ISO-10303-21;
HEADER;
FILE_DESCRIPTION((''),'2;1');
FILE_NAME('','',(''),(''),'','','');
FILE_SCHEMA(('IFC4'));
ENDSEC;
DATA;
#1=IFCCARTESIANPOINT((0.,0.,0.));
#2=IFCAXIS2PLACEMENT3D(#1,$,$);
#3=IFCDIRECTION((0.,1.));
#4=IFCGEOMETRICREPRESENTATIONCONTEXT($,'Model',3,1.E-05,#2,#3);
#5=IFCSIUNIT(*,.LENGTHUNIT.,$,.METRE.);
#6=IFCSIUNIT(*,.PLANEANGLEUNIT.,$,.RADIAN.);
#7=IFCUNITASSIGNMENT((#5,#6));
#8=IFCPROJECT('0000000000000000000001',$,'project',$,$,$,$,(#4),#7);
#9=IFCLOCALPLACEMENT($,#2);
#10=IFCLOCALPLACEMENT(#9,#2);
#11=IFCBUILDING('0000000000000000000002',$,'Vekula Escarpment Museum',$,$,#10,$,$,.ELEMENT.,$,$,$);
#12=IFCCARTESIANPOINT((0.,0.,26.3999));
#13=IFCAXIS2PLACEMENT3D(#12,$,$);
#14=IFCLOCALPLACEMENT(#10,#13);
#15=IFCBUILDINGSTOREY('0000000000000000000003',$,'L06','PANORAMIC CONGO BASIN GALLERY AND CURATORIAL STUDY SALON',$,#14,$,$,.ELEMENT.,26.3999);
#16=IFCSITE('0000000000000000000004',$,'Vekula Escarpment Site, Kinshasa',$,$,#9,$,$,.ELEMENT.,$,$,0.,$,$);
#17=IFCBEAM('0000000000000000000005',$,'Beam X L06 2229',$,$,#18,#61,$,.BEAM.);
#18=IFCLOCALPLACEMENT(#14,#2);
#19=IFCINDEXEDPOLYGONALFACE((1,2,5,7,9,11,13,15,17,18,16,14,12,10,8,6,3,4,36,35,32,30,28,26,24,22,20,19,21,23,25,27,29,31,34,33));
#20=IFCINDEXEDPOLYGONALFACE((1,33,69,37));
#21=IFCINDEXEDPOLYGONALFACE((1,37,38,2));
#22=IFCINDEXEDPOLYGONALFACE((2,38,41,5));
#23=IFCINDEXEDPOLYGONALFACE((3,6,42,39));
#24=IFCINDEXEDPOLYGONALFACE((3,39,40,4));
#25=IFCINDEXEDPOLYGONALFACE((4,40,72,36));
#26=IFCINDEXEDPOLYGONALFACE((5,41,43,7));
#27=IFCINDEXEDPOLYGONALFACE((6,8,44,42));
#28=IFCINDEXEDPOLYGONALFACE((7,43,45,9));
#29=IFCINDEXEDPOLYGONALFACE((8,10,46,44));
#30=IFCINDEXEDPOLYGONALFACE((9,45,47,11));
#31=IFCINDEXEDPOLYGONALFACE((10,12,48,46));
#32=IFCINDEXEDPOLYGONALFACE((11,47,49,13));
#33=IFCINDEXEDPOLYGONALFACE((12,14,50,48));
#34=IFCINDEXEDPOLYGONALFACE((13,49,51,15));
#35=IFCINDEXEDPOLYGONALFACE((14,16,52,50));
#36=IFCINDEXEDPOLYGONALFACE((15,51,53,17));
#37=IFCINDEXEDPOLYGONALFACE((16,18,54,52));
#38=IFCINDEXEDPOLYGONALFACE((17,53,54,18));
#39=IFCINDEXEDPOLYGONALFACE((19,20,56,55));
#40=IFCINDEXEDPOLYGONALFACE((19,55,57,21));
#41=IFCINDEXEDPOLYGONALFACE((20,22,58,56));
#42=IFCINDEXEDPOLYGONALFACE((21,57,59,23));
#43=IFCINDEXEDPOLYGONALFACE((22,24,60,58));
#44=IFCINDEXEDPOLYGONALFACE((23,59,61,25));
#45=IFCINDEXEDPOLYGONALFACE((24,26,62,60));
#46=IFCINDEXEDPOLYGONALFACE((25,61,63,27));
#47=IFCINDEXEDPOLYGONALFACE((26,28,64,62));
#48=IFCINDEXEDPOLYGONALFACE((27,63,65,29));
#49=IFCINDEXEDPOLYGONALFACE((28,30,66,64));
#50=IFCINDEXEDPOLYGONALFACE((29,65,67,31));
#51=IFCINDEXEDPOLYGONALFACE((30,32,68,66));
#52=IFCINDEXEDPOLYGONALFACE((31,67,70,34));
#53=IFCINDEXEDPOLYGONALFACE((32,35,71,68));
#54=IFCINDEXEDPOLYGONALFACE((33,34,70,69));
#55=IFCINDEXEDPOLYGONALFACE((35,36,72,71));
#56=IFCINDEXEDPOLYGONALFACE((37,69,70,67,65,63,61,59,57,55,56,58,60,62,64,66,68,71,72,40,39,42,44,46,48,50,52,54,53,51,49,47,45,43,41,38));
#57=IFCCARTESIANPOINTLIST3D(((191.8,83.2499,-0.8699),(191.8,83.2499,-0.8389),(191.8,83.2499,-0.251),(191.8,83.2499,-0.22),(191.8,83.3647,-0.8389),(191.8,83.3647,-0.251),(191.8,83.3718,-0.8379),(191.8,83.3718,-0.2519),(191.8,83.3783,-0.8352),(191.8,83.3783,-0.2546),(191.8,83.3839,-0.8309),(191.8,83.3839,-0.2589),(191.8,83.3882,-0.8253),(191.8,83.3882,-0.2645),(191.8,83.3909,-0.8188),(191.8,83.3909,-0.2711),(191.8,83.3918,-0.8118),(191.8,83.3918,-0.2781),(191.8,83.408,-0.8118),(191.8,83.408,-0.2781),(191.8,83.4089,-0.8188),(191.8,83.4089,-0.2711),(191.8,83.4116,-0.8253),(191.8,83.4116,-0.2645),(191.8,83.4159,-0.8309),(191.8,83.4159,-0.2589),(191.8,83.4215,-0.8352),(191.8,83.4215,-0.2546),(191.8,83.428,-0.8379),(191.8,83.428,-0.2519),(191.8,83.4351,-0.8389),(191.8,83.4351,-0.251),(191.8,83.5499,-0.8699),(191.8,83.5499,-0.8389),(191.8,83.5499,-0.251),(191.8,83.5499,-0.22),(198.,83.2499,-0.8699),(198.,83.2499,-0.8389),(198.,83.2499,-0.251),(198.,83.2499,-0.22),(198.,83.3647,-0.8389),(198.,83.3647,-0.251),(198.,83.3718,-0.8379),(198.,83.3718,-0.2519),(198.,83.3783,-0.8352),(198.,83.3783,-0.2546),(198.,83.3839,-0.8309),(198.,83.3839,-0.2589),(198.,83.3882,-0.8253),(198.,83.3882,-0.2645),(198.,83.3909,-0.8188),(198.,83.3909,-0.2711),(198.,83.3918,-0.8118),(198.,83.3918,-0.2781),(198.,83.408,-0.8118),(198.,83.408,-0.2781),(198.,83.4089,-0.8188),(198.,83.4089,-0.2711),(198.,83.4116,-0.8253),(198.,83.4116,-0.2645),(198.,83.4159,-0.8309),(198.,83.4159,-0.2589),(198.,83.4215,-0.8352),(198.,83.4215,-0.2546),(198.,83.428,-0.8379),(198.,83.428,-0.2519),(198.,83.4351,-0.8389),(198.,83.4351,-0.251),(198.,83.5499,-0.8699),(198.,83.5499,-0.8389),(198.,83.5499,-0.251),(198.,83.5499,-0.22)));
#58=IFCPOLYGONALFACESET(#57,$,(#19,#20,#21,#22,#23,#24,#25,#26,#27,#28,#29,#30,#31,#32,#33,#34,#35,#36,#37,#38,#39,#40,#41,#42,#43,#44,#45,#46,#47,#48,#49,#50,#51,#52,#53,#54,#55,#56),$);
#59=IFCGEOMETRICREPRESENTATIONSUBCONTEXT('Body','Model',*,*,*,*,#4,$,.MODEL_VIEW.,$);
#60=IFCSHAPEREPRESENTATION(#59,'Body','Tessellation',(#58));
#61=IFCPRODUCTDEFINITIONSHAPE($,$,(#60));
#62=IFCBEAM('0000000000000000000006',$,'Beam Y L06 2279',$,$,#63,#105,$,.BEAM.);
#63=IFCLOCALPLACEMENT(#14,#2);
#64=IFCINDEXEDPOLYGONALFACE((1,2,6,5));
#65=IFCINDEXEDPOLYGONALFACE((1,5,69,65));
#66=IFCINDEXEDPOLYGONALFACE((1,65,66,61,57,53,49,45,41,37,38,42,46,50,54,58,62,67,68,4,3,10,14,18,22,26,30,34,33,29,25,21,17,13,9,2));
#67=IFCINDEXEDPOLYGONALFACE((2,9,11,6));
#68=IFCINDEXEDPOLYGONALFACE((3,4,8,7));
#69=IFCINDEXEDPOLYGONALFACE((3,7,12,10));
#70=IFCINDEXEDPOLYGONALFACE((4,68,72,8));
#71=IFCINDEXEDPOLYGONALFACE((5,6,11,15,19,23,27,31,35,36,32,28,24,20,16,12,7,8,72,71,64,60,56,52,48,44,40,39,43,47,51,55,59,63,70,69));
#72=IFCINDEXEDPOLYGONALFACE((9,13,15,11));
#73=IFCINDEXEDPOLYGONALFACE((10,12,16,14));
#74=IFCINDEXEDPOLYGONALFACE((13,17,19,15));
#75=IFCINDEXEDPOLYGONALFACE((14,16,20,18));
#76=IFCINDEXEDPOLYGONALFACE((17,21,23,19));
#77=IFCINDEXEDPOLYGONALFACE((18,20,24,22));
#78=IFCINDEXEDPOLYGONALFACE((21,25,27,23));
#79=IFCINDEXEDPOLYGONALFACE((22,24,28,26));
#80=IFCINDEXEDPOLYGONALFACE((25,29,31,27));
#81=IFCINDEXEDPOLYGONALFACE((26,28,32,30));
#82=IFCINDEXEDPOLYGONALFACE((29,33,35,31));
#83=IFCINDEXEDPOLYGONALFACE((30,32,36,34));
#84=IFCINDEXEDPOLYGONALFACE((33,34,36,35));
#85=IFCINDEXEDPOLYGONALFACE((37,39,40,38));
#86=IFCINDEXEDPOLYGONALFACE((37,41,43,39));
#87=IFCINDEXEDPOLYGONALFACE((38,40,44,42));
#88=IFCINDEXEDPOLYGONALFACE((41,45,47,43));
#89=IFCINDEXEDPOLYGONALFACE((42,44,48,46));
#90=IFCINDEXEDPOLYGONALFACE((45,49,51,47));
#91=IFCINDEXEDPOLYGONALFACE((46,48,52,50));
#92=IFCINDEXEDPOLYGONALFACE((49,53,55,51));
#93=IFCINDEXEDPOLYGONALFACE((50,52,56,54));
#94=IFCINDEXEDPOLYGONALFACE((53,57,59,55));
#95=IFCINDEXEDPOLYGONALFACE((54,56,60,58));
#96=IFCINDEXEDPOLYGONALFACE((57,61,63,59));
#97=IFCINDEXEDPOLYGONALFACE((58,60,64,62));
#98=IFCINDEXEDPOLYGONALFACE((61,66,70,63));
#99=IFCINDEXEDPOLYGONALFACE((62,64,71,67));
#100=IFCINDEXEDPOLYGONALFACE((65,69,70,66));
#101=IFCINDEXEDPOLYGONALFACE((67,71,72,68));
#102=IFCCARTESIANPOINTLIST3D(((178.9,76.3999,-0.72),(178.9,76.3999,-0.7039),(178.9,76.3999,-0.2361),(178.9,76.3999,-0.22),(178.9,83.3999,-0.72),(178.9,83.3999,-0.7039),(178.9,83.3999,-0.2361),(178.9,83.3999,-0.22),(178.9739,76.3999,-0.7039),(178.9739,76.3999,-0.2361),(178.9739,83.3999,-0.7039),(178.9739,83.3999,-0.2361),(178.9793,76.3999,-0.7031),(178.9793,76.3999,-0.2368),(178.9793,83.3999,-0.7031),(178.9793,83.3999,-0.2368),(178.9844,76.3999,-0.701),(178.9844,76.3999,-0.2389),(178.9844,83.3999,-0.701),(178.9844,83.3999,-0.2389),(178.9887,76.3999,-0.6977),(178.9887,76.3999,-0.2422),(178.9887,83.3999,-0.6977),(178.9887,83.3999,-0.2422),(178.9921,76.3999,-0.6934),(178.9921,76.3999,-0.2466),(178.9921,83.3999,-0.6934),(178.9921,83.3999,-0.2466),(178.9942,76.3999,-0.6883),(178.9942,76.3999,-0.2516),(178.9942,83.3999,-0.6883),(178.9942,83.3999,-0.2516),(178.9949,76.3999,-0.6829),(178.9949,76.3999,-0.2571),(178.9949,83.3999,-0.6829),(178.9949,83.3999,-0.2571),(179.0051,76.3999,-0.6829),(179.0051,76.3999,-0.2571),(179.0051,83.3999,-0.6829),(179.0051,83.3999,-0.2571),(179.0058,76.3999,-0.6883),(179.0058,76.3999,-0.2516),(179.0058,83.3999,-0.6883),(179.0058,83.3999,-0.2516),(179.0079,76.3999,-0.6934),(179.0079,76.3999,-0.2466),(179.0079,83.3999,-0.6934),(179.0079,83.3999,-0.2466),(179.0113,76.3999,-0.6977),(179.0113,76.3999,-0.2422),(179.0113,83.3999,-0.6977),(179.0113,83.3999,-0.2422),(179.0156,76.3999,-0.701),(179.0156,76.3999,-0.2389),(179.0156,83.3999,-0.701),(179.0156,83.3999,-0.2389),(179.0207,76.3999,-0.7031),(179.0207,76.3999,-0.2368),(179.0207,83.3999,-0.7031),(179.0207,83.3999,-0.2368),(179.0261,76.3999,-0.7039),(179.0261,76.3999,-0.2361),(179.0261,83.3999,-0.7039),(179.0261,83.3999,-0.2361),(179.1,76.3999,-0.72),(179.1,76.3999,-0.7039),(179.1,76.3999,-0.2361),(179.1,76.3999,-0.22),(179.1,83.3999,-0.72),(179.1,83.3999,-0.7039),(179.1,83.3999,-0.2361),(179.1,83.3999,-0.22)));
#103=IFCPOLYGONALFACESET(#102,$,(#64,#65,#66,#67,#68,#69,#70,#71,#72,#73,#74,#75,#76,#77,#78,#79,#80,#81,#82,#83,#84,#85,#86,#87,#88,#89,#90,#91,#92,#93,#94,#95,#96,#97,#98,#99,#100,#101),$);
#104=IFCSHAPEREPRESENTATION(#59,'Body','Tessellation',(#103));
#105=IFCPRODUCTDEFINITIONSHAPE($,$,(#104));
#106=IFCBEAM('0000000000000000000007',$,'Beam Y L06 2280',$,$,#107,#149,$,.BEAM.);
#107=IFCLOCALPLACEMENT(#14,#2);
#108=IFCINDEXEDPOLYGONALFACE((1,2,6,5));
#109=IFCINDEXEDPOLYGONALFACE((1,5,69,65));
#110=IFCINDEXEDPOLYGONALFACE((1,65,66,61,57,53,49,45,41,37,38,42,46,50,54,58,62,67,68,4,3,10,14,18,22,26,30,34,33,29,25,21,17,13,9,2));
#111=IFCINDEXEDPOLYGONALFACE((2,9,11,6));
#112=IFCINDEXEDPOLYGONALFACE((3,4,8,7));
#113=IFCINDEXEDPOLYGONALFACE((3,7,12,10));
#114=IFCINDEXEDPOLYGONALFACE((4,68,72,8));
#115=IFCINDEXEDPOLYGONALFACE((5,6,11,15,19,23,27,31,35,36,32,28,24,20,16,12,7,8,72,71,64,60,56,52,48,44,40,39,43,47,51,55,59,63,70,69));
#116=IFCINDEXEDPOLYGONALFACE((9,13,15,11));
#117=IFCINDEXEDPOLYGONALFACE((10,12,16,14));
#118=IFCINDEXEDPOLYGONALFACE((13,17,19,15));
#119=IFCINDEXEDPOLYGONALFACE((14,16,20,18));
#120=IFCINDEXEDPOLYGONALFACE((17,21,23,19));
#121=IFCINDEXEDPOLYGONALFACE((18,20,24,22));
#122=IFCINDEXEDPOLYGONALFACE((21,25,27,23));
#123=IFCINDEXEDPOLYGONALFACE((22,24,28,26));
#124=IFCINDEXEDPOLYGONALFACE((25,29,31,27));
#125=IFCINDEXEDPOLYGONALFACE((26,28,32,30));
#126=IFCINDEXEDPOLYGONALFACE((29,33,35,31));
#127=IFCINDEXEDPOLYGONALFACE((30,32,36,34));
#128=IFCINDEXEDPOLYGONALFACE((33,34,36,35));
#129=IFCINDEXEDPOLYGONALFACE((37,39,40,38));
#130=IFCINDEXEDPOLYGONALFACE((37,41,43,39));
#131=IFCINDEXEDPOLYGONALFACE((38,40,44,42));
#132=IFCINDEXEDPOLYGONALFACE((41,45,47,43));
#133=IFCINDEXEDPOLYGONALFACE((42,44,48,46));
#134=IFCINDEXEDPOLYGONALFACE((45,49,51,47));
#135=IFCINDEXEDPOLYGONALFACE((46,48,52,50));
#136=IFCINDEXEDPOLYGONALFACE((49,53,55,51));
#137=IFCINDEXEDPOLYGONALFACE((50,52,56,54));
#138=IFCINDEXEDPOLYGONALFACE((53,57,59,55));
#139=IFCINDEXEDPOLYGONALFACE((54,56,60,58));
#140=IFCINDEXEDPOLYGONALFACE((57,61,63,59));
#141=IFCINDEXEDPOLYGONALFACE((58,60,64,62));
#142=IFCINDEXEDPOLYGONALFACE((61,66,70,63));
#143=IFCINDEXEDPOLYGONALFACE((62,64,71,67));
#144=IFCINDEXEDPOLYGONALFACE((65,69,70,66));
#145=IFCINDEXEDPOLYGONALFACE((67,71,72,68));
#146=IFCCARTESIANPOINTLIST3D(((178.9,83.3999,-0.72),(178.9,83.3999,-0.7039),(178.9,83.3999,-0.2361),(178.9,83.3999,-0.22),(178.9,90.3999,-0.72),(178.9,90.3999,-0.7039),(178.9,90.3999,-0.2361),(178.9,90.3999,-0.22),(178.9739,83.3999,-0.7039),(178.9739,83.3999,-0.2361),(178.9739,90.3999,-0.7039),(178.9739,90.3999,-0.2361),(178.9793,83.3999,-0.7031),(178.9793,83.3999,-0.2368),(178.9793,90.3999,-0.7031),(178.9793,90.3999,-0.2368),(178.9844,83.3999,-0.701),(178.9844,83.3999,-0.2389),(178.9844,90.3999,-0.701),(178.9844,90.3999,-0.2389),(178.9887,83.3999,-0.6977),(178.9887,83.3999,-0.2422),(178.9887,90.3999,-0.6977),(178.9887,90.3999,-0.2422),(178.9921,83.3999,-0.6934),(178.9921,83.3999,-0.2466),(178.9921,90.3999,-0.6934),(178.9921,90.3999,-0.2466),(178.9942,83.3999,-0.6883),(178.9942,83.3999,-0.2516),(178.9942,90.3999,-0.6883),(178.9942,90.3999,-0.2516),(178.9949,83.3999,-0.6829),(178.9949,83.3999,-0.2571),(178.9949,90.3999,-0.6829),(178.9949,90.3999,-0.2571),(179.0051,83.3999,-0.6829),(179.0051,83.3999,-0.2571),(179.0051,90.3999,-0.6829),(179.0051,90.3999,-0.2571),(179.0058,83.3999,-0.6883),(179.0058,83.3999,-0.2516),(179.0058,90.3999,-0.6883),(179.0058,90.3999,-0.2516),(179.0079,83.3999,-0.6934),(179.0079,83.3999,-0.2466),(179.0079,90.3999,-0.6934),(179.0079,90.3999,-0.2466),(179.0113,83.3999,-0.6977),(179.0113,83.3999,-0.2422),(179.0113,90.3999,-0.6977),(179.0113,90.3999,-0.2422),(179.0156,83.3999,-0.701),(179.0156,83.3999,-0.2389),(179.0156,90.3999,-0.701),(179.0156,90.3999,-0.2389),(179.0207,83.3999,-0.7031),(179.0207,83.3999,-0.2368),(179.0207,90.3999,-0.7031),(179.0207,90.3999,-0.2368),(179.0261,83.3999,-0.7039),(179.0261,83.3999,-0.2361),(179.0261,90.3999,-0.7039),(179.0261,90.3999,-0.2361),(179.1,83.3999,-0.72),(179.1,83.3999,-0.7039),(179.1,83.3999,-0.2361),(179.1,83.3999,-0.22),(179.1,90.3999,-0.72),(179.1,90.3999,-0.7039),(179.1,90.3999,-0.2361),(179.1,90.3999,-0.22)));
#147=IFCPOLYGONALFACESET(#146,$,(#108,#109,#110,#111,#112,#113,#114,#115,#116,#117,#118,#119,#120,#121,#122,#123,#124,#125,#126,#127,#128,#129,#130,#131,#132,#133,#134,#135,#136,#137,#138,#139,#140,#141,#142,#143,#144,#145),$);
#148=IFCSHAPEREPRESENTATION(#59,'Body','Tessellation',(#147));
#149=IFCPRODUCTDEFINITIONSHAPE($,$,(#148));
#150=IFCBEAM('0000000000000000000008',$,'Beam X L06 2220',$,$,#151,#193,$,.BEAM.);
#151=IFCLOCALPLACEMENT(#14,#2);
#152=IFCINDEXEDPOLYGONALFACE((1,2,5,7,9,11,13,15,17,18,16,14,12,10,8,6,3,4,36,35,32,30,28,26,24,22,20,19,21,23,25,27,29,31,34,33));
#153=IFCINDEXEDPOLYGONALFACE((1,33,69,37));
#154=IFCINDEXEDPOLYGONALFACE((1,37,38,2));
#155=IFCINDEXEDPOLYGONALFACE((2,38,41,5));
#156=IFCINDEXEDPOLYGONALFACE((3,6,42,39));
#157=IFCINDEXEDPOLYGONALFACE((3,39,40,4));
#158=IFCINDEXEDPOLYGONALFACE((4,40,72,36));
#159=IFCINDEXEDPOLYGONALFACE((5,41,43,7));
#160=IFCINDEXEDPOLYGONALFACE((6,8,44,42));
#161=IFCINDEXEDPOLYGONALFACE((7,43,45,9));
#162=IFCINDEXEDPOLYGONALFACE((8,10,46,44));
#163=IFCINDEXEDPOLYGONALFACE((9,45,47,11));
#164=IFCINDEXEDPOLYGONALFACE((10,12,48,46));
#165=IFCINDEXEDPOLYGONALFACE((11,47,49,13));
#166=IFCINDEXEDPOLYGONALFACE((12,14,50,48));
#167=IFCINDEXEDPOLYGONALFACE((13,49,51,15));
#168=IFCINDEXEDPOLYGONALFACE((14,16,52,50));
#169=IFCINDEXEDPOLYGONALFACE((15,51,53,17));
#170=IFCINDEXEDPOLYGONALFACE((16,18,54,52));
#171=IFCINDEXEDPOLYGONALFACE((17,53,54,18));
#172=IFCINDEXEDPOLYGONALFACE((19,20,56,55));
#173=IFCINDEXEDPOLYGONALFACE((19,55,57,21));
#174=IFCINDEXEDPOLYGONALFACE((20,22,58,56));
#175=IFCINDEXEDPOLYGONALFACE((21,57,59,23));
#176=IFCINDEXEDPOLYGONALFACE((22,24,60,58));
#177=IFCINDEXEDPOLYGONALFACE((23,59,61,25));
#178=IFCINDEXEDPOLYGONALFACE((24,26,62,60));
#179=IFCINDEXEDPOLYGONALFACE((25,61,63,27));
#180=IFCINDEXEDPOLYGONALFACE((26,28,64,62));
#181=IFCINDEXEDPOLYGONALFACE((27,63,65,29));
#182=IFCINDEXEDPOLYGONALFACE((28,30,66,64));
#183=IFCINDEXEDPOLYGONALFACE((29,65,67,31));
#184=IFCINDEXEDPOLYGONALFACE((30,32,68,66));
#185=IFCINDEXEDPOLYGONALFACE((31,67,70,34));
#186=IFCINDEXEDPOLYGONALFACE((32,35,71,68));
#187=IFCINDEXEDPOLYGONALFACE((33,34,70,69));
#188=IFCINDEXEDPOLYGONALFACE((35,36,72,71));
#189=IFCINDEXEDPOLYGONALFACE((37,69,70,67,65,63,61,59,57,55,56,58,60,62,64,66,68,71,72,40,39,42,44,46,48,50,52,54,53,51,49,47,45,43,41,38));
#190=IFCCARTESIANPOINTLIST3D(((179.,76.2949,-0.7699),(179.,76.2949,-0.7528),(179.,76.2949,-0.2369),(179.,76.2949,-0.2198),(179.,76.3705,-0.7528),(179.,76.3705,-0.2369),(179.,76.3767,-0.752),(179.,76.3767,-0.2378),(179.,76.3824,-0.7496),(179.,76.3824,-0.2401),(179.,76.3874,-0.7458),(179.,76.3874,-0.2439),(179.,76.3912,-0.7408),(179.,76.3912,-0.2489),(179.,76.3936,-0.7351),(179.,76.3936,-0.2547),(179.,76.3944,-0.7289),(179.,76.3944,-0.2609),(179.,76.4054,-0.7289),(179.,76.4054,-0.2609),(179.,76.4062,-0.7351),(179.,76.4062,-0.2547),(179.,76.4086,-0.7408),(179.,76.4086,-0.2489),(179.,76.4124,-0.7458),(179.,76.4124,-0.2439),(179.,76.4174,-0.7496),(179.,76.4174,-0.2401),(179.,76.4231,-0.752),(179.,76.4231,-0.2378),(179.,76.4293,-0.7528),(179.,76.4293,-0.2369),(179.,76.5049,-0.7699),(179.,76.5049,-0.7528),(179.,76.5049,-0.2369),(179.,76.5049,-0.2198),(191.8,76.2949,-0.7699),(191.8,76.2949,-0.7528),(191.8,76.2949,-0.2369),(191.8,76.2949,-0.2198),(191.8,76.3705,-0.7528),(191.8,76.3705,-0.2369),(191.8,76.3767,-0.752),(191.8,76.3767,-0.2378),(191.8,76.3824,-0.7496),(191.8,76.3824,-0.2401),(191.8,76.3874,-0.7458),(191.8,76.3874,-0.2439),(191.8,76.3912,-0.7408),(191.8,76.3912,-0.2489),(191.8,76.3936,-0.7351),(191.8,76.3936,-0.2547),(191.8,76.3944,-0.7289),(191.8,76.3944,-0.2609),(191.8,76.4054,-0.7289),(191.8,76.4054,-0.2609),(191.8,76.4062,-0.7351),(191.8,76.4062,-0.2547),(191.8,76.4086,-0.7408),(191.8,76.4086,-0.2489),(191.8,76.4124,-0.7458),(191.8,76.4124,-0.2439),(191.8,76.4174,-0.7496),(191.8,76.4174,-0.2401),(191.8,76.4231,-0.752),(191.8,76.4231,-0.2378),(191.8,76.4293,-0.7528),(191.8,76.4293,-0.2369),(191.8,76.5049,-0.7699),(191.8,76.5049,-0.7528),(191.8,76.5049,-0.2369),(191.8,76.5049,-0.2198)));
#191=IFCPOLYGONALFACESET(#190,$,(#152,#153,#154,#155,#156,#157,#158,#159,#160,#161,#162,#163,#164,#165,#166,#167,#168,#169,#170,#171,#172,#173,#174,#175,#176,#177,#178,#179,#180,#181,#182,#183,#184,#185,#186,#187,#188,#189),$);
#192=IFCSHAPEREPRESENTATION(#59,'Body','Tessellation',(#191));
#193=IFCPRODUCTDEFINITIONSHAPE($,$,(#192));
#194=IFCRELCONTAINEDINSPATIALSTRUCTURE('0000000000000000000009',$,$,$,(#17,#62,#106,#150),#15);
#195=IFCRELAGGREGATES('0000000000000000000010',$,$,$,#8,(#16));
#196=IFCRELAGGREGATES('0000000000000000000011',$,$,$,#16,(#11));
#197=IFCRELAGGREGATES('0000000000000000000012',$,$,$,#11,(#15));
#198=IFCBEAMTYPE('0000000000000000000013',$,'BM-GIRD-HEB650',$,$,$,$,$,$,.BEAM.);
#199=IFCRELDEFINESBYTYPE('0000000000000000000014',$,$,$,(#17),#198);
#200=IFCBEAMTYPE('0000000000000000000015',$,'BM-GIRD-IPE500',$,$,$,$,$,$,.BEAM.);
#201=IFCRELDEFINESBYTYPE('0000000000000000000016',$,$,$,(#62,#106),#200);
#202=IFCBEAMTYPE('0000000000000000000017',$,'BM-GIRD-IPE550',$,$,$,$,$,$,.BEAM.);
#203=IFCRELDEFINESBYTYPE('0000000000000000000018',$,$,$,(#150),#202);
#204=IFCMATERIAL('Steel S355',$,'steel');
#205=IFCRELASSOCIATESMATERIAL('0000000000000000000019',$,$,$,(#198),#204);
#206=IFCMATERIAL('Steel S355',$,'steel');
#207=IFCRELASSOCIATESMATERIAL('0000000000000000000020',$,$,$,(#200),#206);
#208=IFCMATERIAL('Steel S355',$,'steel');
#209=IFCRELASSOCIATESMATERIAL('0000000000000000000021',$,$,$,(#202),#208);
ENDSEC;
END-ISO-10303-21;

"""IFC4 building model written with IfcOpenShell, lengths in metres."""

from ifc_helpers import new_model, si_unit, direction, frame, origin, origin_2d, place, context, subcontext, project, spatial, i_section, extrude, material, material_profile, profile_set, type_object, element, save


model = new_model("IFC4")

# Units and contexts
model_context = context("Model", 3, precision=1e-05, world=origin(), true_north=direction((0.0, 1.0)))
body_context = subcontext(model_context, "Body", "Model", "MODEL_VIEW")
ifc_project = project(units=[si_unit("LENGTHUNIT", "METRE"), si_unit("PLANEANGLEUNIT", "RADIAN")], contexts=[model_context])

# Site, building, storey
site_placement = place(None, origin())
site = spatial("IfcSite", under=ifc_project, at=site_placement, Name="Vekula Escarpment Site, Kinshasa", CompositionType="ELEMENT", RefElevation=0.0)
building_placement = place(site_placement, origin())
building = spatial("IfcBuilding", under=site, at=building_placement, Name="Vekula Escarpment Museum", CompositionType="ELEMENT")
storey_placement = place(building_placement, frame((0.0, 0.0, 26.3999)))
storey = spatial("IfcBuildingStorey", under=building, at=storey_placement, Name="L06", Description="PANORAMIC CONGO BASIN GALLERY AND CURATORIAL STUDY SALON", CompositionType="ELEMENT", Elevation=26.3999)

# Beams
ifc_material_1 = material(Name="Steel S355", Category="steel")
ifc_material_profile_1 = material_profile(ifc_material_1, i_section(OverallWidth=0.3, OverallDepth=0.6499, WebThickness=0.0161, FlangeThickness=0.031, FilletRadius=0.0271, at=origin_2d()), Name="HEB 650")
ifc_profile_set_1 = profile_set([ifc_material_profile_1], Name="Steel S355")
beam_type_1 = type_object("IfcBeamType", Name="BM-GIRD-HEB650", PredefinedType="BEAM", material=ifc_profile_set_1)
for number, where, z_axis, x_axis, name in (
    (1, (191.8, 83.3999, -0.5449), (1.0, 0.0, 0.0), (0.0, 1.0, 0.0), "Beam X L06 2229"),
):
    element("IfcBeam", number, at=place(storey_placement, frame(where, z_axis=z_axis, x_axis=x_axis)), inside=storey, type_object=beam_type_1, Name=name, PredefinedType="BEAM", context=body_context, shape_type="SweptSolid", body=[
        extrude(i_section(OverallWidth=0.3, OverallDepth=0.6499, WebThickness=0.0161, FlangeThickness=0.031, FilletRadius=0.0271, at=origin_2d()), origin(), (0.0, 0.0, 1.0), 6.2),
    ])
ifc_material_2 = material(Name="Steel S355", Category="steel")
ifc_material_profile_2 = material_profile(ifc_material_2, i_section(OverallWidth=0.2, OverallDepth=0.5, WebThickness=0.0103, FlangeThickness=0.0161, FilletRadius=0.021, at=origin_2d()), Name="IPE 500")
ifc_profile_set_2 = profile_set([ifc_material_profile_2], Name="Steel S355")
beam_type_2 = type_object("IfcBeamType", Name="BM-GIRD-IPE500", PredefinedType="BEAM", material=ifc_profile_set_2)
for number, where, z_axis, x_axis, name in (
    (2, (179.0, 76.3999, -0.47), (0.0, 1.0, 0.0), (-1.0, 0.0, 0.0), "Beam Y L06 2279"),
    (3, (179.0, 83.3999, -0.47), (0.0, 1.0, 0.0), (-1.0, 0.0, 0.0), "Beam Y L06 2280"),
):
    element("IfcBeam", number, at=place(storey_placement, frame(where, z_axis=z_axis, x_axis=x_axis)), inside=storey, type_object=beam_type_2, Name=name, PredefinedType="BEAM", context=body_context, shape_type="SweptSolid", body=[
        extrude(i_section(OverallWidth=0.2, OverallDepth=0.5, WebThickness=0.0103, FlangeThickness=0.0161, FilletRadius=0.021, at=origin_2d()), origin(), (0.0, 0.0, 1.0), 7.0),
    ])
ifc_material_3 = material(Name="Steel S355", Category="steel")
ifc_material_profile_3 = material_profile(ifc_material_3, i_section(OverallWidth=0.21, OverallDepth=0.55, WebThickness=0.011, FlangeThickness=0.0171, FilletRadius=0.0239, at=origin_2d()), Name="IPE 550")
ifc_profile_set_3 = profile_set([ifc_material_profile_3], Name="Steel S355")
beam_type_3 = type_object("IfcBeamType", Name="BM-GIRD-IPE550", PredefinedType="BEAM", material=ifc_profile_set_3)
for number, where, z_axis, x_axis, name in (
    (4, (179.0, 76.3999, -0.4949), (1.0, 0.0, 0.0), (0.0, 1.0, 0.0), "Beam X L06 2220"),
):
    element("IfcBeam", number, at=place(storey_placement, frame(where, z_axis=z_axis, x_axis=x_axis)), inside=storey, type_object=beam_type_3, Name=name, PredefinedType="BEAM", context=body_context, shape_type="SweptSolid", body=[
        extrude(i_section(OverallWidth=0.21, OverallDepth=0.55, WebThickness=0.011, FlangeThickness=0.0171, FilletRadius=0.0239, at=origin_2d()), origin(), (0.0, 0.0, 1.0), 12.8),
    ])

save(model, "model.ifc")
